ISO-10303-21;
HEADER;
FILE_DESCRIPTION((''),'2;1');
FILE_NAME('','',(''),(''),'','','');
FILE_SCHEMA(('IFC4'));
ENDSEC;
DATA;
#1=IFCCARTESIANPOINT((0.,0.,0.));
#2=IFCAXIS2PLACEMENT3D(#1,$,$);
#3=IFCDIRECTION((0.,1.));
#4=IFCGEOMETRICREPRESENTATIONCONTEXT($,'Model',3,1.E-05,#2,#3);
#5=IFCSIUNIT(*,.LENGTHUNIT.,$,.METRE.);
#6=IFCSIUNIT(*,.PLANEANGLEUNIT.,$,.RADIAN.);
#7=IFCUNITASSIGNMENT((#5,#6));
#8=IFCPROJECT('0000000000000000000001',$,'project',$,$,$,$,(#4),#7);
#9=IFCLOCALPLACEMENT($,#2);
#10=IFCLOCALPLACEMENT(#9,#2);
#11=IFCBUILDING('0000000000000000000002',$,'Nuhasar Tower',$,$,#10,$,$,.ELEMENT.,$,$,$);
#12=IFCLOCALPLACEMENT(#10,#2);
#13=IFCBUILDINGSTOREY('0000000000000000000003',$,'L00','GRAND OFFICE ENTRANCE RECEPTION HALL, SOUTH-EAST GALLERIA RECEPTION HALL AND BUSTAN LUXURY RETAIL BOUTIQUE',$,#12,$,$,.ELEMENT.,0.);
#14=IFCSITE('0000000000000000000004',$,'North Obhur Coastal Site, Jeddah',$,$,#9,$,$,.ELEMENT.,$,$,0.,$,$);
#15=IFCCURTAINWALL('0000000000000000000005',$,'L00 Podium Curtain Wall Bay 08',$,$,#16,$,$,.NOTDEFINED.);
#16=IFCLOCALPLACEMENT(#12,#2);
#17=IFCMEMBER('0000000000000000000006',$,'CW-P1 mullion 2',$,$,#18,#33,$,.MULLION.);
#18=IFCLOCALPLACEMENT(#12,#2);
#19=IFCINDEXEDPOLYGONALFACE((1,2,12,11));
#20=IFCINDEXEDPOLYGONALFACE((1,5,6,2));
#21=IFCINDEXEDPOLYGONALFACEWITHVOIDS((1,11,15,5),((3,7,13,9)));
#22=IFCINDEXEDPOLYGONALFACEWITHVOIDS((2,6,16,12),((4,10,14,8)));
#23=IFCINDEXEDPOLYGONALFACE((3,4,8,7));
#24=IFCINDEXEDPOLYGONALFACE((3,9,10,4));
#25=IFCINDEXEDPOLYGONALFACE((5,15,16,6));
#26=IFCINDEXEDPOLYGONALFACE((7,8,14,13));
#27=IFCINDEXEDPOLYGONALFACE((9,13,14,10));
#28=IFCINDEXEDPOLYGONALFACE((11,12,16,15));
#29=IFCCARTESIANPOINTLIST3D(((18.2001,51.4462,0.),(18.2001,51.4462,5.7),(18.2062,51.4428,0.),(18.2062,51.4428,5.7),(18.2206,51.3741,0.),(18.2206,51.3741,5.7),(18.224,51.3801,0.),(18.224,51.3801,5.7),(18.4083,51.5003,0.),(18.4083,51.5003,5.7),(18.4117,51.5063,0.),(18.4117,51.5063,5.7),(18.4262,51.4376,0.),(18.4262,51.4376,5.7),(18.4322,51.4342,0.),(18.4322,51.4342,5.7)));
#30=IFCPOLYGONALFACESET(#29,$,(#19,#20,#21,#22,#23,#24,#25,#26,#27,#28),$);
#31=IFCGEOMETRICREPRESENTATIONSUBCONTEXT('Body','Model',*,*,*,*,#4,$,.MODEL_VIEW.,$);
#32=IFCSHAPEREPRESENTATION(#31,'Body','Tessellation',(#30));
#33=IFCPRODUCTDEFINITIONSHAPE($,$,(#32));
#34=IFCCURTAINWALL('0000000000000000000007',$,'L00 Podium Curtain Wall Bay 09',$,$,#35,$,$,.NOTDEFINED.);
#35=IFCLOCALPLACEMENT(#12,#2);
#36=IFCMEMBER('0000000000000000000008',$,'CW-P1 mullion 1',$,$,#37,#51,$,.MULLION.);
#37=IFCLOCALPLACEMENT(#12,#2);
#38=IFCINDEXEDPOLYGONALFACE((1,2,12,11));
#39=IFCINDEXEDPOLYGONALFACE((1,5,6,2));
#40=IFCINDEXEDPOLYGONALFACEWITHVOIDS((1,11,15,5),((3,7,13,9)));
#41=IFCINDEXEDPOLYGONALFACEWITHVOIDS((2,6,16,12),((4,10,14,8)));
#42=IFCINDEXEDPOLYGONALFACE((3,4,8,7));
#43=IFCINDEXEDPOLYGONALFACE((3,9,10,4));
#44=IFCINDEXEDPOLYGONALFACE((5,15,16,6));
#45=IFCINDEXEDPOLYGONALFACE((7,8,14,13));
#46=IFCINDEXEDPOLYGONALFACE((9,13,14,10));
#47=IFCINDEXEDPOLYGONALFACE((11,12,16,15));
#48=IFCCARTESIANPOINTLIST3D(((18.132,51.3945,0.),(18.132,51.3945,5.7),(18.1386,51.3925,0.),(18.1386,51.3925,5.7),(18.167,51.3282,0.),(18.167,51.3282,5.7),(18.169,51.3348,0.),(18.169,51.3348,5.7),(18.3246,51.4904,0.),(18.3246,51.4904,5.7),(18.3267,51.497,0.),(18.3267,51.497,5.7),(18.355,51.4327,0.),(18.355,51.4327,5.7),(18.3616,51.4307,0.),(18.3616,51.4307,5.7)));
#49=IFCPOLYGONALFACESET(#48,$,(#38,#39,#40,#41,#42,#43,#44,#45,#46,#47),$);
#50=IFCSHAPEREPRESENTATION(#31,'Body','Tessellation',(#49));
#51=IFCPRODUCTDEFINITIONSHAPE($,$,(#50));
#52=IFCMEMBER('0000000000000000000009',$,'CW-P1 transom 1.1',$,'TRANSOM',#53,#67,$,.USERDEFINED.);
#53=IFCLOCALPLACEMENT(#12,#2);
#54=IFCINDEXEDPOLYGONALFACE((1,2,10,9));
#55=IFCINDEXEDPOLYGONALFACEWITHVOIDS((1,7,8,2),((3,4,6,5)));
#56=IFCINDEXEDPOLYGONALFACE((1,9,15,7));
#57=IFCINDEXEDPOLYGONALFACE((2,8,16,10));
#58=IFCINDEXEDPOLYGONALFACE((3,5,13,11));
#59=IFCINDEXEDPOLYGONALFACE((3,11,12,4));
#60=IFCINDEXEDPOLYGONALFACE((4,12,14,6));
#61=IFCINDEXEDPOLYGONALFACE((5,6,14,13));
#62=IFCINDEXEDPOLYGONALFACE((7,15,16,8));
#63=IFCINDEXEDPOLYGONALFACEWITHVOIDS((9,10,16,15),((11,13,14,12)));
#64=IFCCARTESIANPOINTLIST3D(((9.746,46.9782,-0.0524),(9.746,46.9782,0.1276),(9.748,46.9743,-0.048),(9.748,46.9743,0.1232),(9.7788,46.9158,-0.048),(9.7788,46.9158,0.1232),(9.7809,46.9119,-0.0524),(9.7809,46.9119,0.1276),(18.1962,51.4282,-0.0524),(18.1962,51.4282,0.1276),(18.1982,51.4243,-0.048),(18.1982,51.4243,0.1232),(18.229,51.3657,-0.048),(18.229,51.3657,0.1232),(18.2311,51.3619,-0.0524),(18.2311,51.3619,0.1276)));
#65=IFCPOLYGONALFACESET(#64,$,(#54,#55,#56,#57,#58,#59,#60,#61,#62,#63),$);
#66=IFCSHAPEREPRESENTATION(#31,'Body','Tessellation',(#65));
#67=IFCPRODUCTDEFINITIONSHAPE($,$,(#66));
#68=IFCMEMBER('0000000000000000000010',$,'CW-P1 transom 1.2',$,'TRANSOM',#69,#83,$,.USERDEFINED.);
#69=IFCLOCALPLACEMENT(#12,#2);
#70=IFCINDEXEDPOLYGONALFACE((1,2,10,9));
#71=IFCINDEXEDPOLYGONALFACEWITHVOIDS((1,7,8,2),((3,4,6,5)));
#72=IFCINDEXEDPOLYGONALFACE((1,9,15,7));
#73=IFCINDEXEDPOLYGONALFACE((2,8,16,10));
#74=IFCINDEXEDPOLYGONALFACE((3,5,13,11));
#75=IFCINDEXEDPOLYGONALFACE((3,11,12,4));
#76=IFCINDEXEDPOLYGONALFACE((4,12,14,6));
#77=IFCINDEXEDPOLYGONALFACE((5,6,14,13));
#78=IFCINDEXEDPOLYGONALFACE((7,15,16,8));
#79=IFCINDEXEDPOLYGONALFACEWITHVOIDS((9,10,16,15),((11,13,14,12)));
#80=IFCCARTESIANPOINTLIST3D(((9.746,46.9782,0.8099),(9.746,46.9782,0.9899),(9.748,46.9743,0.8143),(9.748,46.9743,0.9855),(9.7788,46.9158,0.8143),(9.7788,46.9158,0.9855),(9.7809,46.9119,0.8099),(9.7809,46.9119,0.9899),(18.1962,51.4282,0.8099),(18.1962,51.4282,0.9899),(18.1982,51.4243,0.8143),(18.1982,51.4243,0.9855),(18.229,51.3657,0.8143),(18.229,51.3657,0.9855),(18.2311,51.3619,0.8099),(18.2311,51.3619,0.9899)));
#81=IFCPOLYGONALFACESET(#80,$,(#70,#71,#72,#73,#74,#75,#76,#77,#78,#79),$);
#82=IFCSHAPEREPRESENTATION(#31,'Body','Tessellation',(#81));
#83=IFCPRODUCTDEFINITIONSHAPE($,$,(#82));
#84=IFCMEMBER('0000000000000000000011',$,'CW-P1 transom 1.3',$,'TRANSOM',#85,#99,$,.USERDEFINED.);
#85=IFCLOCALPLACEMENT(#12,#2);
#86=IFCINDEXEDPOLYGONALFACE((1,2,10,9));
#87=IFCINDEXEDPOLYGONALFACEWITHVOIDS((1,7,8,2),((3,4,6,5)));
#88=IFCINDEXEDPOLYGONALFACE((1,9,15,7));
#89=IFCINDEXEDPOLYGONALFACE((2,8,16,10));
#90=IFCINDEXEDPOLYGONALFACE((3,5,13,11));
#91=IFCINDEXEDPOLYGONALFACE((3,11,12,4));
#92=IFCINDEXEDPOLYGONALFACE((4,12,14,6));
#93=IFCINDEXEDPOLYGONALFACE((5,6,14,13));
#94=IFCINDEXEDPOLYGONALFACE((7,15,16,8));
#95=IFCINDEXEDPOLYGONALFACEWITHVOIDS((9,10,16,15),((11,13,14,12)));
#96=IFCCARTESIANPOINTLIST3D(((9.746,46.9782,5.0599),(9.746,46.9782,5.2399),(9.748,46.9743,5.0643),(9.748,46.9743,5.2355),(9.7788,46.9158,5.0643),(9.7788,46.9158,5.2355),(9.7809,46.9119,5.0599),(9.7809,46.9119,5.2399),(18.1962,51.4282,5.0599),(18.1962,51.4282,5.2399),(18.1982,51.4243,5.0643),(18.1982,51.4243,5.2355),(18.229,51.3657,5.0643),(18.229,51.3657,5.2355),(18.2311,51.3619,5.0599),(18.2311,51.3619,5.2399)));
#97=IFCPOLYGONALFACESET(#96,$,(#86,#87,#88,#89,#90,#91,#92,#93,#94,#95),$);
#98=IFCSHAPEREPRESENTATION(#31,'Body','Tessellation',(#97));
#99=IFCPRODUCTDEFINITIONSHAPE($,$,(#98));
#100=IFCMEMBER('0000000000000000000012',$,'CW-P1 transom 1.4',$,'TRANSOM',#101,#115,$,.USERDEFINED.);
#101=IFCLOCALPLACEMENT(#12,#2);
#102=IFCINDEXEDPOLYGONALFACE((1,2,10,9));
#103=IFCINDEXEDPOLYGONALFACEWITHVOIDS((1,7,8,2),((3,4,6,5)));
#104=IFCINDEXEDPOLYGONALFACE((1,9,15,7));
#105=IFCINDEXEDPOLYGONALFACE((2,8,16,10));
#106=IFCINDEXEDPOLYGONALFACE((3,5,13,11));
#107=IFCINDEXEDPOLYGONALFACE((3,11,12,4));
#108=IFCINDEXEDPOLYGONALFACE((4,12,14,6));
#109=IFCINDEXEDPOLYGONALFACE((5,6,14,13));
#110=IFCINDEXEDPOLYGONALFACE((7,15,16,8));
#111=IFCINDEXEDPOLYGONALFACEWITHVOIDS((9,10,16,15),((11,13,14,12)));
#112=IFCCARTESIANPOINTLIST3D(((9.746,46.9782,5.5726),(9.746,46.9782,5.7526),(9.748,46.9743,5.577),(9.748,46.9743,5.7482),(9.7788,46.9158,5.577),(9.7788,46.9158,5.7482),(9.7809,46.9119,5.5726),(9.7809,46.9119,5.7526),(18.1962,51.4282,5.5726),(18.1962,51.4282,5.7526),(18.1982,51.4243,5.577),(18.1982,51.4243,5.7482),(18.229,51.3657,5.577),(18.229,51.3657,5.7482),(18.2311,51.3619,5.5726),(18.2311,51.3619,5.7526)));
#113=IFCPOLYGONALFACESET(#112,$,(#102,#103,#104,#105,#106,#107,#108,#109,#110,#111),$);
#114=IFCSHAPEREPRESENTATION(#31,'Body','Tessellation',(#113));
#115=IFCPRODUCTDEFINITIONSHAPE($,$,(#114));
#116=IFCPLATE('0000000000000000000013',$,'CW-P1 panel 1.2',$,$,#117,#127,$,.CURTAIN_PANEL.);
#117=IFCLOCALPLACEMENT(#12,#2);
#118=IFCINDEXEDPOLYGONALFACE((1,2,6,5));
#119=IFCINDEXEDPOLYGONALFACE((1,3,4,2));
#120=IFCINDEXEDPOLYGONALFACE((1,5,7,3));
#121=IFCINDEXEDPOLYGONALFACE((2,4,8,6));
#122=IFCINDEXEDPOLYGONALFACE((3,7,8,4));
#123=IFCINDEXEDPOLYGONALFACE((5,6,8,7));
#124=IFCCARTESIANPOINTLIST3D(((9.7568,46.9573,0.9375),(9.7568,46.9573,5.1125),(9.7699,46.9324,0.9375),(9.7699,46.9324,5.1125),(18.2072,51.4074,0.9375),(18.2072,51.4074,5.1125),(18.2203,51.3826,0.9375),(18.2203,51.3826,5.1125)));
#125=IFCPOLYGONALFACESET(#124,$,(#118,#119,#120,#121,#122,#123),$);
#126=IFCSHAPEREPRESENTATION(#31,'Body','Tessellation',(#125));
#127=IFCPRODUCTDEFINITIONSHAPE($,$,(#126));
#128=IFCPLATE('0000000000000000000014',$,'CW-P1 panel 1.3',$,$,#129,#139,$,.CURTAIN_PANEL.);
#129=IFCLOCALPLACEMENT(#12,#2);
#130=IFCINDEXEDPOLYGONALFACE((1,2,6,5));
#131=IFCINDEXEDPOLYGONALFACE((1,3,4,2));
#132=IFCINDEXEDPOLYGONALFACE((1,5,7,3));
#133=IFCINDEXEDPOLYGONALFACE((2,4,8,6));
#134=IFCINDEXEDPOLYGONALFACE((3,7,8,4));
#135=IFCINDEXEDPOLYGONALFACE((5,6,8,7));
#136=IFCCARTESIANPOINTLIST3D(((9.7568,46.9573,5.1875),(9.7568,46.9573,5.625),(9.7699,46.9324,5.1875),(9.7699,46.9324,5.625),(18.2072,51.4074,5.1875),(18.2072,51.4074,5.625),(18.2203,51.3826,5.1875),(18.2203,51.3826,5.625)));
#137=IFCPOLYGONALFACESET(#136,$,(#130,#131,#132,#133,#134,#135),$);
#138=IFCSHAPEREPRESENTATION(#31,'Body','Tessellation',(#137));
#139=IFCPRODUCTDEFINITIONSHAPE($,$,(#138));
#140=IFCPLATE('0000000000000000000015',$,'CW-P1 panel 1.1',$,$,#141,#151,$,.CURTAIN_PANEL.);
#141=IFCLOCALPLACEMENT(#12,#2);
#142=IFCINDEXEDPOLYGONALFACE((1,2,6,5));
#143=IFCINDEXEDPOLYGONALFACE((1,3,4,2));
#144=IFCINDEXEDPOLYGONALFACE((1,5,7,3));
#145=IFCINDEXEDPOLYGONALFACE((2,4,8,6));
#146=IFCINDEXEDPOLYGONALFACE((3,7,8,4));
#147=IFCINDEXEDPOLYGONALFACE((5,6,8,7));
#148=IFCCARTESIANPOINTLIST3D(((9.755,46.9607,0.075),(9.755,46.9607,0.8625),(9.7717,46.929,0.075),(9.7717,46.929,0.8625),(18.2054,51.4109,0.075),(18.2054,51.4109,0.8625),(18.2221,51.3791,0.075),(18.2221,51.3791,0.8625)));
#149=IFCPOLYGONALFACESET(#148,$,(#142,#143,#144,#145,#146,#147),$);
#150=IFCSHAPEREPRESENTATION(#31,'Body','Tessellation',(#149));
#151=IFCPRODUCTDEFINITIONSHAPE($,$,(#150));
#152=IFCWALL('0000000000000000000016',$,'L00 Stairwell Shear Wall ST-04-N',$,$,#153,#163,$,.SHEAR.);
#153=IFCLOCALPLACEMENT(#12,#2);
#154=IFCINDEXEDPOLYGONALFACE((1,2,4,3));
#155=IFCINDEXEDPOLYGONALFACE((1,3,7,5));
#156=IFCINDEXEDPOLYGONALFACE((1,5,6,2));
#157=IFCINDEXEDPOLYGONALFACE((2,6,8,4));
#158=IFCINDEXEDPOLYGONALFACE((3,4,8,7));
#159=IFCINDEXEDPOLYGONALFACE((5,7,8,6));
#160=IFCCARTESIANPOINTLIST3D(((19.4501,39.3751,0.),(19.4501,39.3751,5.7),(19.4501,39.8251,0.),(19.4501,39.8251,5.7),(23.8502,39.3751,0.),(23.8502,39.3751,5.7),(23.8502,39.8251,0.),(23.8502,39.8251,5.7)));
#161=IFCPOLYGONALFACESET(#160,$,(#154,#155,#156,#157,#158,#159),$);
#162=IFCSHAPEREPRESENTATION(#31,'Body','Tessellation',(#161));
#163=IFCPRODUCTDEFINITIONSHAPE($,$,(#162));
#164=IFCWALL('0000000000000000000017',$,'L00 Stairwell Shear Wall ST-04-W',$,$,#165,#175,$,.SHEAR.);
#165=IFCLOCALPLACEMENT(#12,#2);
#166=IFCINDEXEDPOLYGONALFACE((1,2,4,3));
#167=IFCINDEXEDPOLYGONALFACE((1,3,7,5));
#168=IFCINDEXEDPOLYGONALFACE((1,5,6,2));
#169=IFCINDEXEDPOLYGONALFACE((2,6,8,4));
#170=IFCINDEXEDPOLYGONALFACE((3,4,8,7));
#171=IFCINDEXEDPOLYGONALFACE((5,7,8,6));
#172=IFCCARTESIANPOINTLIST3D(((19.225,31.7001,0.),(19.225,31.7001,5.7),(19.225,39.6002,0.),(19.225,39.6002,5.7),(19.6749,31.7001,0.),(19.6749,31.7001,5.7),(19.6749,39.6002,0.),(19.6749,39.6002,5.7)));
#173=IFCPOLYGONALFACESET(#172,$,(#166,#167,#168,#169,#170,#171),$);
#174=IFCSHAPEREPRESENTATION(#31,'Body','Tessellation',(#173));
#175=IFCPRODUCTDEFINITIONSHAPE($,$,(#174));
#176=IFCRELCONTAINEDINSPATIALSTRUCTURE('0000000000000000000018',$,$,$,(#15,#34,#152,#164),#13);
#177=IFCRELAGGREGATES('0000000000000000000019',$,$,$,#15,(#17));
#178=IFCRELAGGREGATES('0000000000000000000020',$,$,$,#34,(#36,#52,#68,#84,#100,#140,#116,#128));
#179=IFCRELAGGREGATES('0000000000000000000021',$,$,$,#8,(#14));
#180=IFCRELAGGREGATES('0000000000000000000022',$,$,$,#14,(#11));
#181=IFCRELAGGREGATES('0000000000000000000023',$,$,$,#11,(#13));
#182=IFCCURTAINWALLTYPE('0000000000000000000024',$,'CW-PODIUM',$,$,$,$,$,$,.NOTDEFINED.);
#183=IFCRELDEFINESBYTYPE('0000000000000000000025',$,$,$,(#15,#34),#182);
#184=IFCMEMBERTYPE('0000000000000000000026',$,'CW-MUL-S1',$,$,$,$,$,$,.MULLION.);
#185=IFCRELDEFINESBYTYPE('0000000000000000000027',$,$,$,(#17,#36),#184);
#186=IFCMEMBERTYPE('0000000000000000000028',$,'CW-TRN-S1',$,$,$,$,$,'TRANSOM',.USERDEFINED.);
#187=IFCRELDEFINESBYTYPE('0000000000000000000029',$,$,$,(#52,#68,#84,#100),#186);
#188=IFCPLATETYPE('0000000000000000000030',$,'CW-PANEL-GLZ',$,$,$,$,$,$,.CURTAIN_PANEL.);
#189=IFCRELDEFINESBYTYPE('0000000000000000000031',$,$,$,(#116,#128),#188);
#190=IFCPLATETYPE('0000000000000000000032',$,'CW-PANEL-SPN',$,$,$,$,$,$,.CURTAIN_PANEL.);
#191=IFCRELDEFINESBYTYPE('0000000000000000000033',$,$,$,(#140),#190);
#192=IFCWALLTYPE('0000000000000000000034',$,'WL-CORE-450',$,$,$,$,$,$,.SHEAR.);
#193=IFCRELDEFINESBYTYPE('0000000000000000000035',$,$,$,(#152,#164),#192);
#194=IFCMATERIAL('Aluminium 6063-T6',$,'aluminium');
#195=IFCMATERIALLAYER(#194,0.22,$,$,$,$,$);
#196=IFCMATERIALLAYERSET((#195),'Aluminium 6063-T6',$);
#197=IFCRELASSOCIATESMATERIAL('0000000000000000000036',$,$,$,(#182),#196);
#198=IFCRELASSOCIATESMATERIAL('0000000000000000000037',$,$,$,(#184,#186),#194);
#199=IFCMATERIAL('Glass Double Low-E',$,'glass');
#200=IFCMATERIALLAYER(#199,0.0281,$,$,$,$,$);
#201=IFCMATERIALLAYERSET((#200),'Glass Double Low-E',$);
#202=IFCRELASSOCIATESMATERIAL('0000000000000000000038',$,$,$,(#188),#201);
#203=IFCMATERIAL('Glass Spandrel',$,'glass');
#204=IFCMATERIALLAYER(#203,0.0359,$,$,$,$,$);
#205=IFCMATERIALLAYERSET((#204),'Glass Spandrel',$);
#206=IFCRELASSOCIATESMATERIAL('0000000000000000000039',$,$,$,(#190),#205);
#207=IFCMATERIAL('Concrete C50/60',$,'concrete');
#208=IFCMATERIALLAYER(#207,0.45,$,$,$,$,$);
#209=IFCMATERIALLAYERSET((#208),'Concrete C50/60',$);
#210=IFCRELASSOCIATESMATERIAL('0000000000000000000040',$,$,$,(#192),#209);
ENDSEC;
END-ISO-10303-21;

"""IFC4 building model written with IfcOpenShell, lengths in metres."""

from ifc_helpers import new_model, si_unit, direction, frame, frame_2d, origin, origin_2d, place, context, subcontext, project, spatial, rectangle, hollow_rectangle, extrude, material, layer, layer_set, material_profile, profile_set, type_object, element, aggregate, save


model = new_model("IFC4")

# Units and contexts
model_context = context("Model", 3, precision=1e-05, world=origin(), true_north=direction((0.0, 1.0)))
body_context = subcontext(model_context, "Body", "Model", "MODEL_VIEW")
ifc_project = project(units=[si_unit("LENGTHUNIT", "METRE"), si_unit("PLANEANGLEUNIT", "RADIAN")], contexts=[model_context])

# Site, building, storey
site_placement = place(None, origin())
site = spatial("IfcSite", under=ifc_project, at=site_placement, Name="North Obhur Coastal Site, Jeddah", CompositionType="ELEMENT", RefElevation=0.0)
building_placement = place(site_placement, origin())
building = spatial("IfcBuilding", under=site, at=building_placement, Name="Nuhasar Tower", CompositionType="ELEMENT")
storey_placement = place(building_placement, origin())
storey = spatial("IfcBuildingStorey", under=building, at=storey_placement, Name="L00", Description="GRAND OFFICE ENTRANCE RECEPTION HALL, SOUTH-EAST GALLERIA RECEPTION HALL AND BUSTAN LUXURY RETAIL BOUTIQUE", CompositionType="ELEMENT", Elevation=0.0)

# Curtain wall, member
ifc_material_1 = material(Name="Aluminium 6063-T6", Category="aluminium")
ifc_layer_1 = layer(ifc_material_1, 0.22)
ifc_layer_set_1 = layer_set([ifc_layer_1], Name="Aluminium 6063-T6")
curtain_wall_type = type_object("IfcCurtainWallType", Name="CW-PODIUM", PredefinedType="NOTDEFINED", material=ifc_layer_set_1)
curtain_wall_1_placement = place(storey_placement, origin())
curtain_wall_1 = element("IfcCurtainWall", 1, at=curtain_wall_1_placement, inside=storey, type_object=curtain_wall_type, Name="L00 Podium Curtain Wall Bay 08", PredefinedType="NOTDEFINED")
ifc_material_profile_1 = material_profile(ifc_material_1, hollow_rectangle(XDim=0.075, YDim=0.22, WallThickness=0.0049, at=origin_2d()), Name="CWM-1")
ifc_profile_set_1 = profile_set([ifc_material_profile_1], Name="Aluminium 6063-T6")
member_type_1 = type_object("IfcMemberType", Name="CW-MUL-S1", PredefinedType="MULLION", material=ifc_profile_set_1)
member_1_placement = place(storey_placement, frame((18.3162, 51.4402, 0.0), z_axis=(0.0, 0.0, 1.0), x_axis=(0.273412, -0.961897, 0.0)))
member_1 = element("IfcMember", 2, at=member_1_placement, type_object=member_type_1, Name="CW-P1 mullion 2", PredefinedType="MULLION", context=body_context, shape_type="SweptSolid", body=[
    extrude(hollow_rectangle(XDim=0.075, YDim=0.22, WallThickness=0.0049, at=origin_2d()), origin(), (0.0, 0.0, 1.0), 5.7),
])
aggregate(curtain_wall_1, [member_1])

# Curtain wall, members, plates
curtain_wall_2_placement = place(storey_placement, origin())
curtain_wall_2 = element("IfcCurtainWall", 3, at=curtain_wall_2_placement, inside=storey, type_object=curtain_wall_type, Name="L00 Podium Curtain Wall Bay 09", PredefinedType="NOTDEFINED")
member_2_placement = place(storey_placement, frame((18.2468, 51.4126, 0.0), z_axis=(0.0, 0.0, 1.0), x_axis=(0.465959, -0.884806, 0.0)))
member_2 = element("IfcMember", 4, at=member_2_placement, type_object=member_type_1, Name="CW-P1 mullion 1", PredefinedType="MULLION", context=body_context, shape_type="SweptSolid", body=[
    extrude(hollow_rectangle(XDim=0.075, YDim=0.22, WallThickness=0.0049, at=origin_2d()), origin(), (0.0, 0.0, 1.0), 5.7),
])
ifc_material_profile_2 = material_profile(ifc_material_1, hollow_rectangle(XDim=0.075, YDim=0.1799, WallThickness=0.0044, at=origin_2d()), Name="CWT-1")
ifc_profile_set_2 = profile_set([ifc_material_profile_2], Name="Aluminium 6063-T6")
member_type_2 = type_object("IfcMemberType", Name="CW-TRN-S1", ElementType="TRANSOM", PredefinedType="USERDEFINED", material=ifc_profile_set_2)
member_3_placement = place(storey_placement, frame((18.2136, 51.395, 0.0376), z_axis=(-0.884811, -0.46595, 0.0), x_axis=(0.46595, -0.884811, 0.0)))
member_3 = element("IfcMember", 5, at=member_3_placement, type_object=member_type_2, Name="CW-P1 transom 1.1", ObjectType="TRANSOM", PredefinedType="USERDEFINED", context=body_context, shape_type="SweptSolid", body=[
    extrude(hollow_rectangle(XDim=0.075, YDim=0.1799, WallThickness=0.0044, at=origin_2d()), origin(), (0.0, 0.0, 1.0), 9.5503),
])
member_4_placement = place(storey_placement, frame((18.2136, 51.395, 0.8999), z_axis=(-0.884811, -0.46595, 0.0), x_axis=(0.46595, -0.884811, 0.0)))
member_4 = element("IfcMember", 6, at=member_4_placement, type_object=member_type_2, Name="CW-P1 transom 1.2", ObjectType="TRANSOM", PredefinedType="USERDEFINED", context=body_context, shape_type="SweptSolid", body=[
    extrude(hollow_rectangle(XDim=0.075, YDim=0.1799, WallThickness=0.0044, at=origin_2d()), origin(), (0.0, 0.0, 1.0), 9.5503),
])
member_5_placement = place(storey_placement, frame((18.2136, 51.395, 5.1499), z_axis=(-0.884811, -0.46595, 0.0), x_axis=(0.46595, -0.884811, 0.0)))
member_5 = element("IfcMember", 7, at=member_5_placement, type_object=member_type_2, Name="CW-P1 transom 1.3", ObjectType="TRANSOM", PredefinedType="USERDEFINED", context=body_context, shape_type="SweptSolid", body=[
    extrude(hollow_rectangle(XDim=0.075, YDim=0.1799, WallThickness=0.0044, at=origin_2d()), origin(), (0.0, 0.0, 1.0), 9.5503),
])
member_6_placement = place(storey_placement, frame((18.2136, 51.395, 5.6626), z_axis=(-0.884811, -0.46595, 0.0), x_axis=(0.46595, -0.884811, 0.0)))
member_6 = element("IfcMember", 8, at=member_6_placement, type_object=member_type_2, Name="CW-P1 transom 1.4", ObjectType="TRANSOM", PredefinedType="USERDEFINED", context=body_context, shape_type="SweptSolid", body=[
    extrude(hollow_rectangle(XDim=0.075, YDim=0.1799, WallThickness=0.0044, at=origin_2d()), origin(), (0.0, 0.0, 1.0), 9.5503),
])
ifc_material_2 = material(Name="Glass Double Low-E", Category="glass")
ifc_layer_2 = layer(ifc_material_2, 0.0281)
ifc_layer_set_2 = layer_set([ifc_layer_2], Name="Glass Double Low-E")
plate_type_1 = type_object("IfcPlateType", Name="CW-PANEL-GLZ", PredefinedType="CURTAIN_PANEL", material=ifc_layer_set_2)
plate_1_placement = place(storey_placement, frame((13.9885, 49.1699, 0.9375), z_axis=(0.0, 0.0, 1.0), x_axis=(-0.884806, -0.465959, 0.0)))
plate_1 = element("IfcPlate", 9, at=plate_1_placement, type_object=plate_type_1, Name="CW-P1 panel 1.2", PredefinedType="CURTAIN_PANEL", context=body_context, shape_type="SweptSolid", body=[
    extrude(rectangle(XDim=9.5505, YDim=0.0281, at=origin_2d()), origin(), (0.0, 0.0, 1.0), 4.175),
])
plate_2_placement = place(storey_placement, frame((13.9885, 49.1699, 5.1875), z_axis=(0.0, 0.0, 1.0), x_axis=(-0.884806, -0.465959, 0.0)))
plate_2 = element("IfcPlate", 10, at=plate_2_placement, type_object=plate_type_1, Name="CW-P1 panel 1.3", PredefinedType="CURTAIN_PANEL", context=body_context, shape_type="SweptSolid", body=[
    extrude(rectangle(XDim=9.5505, YDim=0.0281, at=origin_2d()), origin(), (0.0, 0.0, 1.0), 0.4375),
])
ifc_material_3 = material(Name="Glass Spandrel", Category="glass")
ifc_layer_3 = layer(ifc_material_3, 0.0359)
ifc_layer_set_3 = layer_set([ifc_layer_3], Name="Glass Spandrel")
plate_type_2 = type_object("IfcPlateType", Name="CW-PANEL-SPN", PredefinedType="CURTAIN_PANEL", material=ifc_layer_set_3)
plate_3_placement = place(storey_placement, frame((13.9885, 49.1699, 0.075), z_axis=(0.0, 0.0, 1.0), x_axis=(-0.884806, -0.465959, 0.0)))
plate_3 = element("IfcPlate", 11, at=plate_3_placement, type_object=plate_type_2, Name="CW-P1 panel 1.1", PredefinedType="CURTAIN_PANEL", context=body_context, shape_type="SweptSolid", body=[
    extrude(rectangle(XDim=9.5505, YDim=0.0359, at=origin_2d()), origin(), (0.0, 0.0, 1.0), 0.7876),
])
aggregate(curtain_wall_2, [member_2, member_3, member_4, member_5, member_6, plate_3, plate_1, plate_2])

# Walls
ifc_material_4 = material(Name="Concrete C50/60", Category="concrete")
ifc_layer_4 = layer(ifc_material_4, 0.45)
ifc_layer_set_4 = layer_set([ifc_layer_4], Name="Concrete C50/60")
wall_type_1 = type_object("IfcWallType", Name="WL-CORE-450", PredefinedType="SHEAR", material=ifc_layer_set_4)
wall_1_placement = place(storey_placement, frame((19.45, 39.6001, 0.0), z_axis=(0.0, 0.0, 1.0), x_axis=(1.0, 0.0, 0.0)))
element("IfcWall", 12, at=wall_1_placement, inside=storey, type_object=wall_type_1, Name="L00 Stairwell Shear Wall ST-04-N", PredefinedType="SHEAR", context=body_context, shape_type="SweptSolid", body=[
    extrude(rectangle(XDim=4.4001, YDim=0.45, at=frame_2d((2.2002, 0.0))), origin(), (0.0, 0.0, 1.0), 5.7),
])
wall_2_placement = place(storey_placement, frame((19.45, 31.7, 0.0), z_axis=(0.0, 0.0, 1.0), x_axis=(0.0, 1.0, 0.0)))
element("IfcWall", 13, at=wall_2_placement, inside=storey, type_object=wall_type_1, Name="L00 Stairwell Shear Wall ST-04-W", PredefinedType="SHEAR", context=body_context, shape_type="SweptSolid", body=[
    extrude(rectangle(XDim=7.9001, YDim=0.45, at=frame_2d((3.9502, 0.0))), origin(), (0.0, 0.0, 1.0), 5.7),
])

save(model, "model.ifc")
